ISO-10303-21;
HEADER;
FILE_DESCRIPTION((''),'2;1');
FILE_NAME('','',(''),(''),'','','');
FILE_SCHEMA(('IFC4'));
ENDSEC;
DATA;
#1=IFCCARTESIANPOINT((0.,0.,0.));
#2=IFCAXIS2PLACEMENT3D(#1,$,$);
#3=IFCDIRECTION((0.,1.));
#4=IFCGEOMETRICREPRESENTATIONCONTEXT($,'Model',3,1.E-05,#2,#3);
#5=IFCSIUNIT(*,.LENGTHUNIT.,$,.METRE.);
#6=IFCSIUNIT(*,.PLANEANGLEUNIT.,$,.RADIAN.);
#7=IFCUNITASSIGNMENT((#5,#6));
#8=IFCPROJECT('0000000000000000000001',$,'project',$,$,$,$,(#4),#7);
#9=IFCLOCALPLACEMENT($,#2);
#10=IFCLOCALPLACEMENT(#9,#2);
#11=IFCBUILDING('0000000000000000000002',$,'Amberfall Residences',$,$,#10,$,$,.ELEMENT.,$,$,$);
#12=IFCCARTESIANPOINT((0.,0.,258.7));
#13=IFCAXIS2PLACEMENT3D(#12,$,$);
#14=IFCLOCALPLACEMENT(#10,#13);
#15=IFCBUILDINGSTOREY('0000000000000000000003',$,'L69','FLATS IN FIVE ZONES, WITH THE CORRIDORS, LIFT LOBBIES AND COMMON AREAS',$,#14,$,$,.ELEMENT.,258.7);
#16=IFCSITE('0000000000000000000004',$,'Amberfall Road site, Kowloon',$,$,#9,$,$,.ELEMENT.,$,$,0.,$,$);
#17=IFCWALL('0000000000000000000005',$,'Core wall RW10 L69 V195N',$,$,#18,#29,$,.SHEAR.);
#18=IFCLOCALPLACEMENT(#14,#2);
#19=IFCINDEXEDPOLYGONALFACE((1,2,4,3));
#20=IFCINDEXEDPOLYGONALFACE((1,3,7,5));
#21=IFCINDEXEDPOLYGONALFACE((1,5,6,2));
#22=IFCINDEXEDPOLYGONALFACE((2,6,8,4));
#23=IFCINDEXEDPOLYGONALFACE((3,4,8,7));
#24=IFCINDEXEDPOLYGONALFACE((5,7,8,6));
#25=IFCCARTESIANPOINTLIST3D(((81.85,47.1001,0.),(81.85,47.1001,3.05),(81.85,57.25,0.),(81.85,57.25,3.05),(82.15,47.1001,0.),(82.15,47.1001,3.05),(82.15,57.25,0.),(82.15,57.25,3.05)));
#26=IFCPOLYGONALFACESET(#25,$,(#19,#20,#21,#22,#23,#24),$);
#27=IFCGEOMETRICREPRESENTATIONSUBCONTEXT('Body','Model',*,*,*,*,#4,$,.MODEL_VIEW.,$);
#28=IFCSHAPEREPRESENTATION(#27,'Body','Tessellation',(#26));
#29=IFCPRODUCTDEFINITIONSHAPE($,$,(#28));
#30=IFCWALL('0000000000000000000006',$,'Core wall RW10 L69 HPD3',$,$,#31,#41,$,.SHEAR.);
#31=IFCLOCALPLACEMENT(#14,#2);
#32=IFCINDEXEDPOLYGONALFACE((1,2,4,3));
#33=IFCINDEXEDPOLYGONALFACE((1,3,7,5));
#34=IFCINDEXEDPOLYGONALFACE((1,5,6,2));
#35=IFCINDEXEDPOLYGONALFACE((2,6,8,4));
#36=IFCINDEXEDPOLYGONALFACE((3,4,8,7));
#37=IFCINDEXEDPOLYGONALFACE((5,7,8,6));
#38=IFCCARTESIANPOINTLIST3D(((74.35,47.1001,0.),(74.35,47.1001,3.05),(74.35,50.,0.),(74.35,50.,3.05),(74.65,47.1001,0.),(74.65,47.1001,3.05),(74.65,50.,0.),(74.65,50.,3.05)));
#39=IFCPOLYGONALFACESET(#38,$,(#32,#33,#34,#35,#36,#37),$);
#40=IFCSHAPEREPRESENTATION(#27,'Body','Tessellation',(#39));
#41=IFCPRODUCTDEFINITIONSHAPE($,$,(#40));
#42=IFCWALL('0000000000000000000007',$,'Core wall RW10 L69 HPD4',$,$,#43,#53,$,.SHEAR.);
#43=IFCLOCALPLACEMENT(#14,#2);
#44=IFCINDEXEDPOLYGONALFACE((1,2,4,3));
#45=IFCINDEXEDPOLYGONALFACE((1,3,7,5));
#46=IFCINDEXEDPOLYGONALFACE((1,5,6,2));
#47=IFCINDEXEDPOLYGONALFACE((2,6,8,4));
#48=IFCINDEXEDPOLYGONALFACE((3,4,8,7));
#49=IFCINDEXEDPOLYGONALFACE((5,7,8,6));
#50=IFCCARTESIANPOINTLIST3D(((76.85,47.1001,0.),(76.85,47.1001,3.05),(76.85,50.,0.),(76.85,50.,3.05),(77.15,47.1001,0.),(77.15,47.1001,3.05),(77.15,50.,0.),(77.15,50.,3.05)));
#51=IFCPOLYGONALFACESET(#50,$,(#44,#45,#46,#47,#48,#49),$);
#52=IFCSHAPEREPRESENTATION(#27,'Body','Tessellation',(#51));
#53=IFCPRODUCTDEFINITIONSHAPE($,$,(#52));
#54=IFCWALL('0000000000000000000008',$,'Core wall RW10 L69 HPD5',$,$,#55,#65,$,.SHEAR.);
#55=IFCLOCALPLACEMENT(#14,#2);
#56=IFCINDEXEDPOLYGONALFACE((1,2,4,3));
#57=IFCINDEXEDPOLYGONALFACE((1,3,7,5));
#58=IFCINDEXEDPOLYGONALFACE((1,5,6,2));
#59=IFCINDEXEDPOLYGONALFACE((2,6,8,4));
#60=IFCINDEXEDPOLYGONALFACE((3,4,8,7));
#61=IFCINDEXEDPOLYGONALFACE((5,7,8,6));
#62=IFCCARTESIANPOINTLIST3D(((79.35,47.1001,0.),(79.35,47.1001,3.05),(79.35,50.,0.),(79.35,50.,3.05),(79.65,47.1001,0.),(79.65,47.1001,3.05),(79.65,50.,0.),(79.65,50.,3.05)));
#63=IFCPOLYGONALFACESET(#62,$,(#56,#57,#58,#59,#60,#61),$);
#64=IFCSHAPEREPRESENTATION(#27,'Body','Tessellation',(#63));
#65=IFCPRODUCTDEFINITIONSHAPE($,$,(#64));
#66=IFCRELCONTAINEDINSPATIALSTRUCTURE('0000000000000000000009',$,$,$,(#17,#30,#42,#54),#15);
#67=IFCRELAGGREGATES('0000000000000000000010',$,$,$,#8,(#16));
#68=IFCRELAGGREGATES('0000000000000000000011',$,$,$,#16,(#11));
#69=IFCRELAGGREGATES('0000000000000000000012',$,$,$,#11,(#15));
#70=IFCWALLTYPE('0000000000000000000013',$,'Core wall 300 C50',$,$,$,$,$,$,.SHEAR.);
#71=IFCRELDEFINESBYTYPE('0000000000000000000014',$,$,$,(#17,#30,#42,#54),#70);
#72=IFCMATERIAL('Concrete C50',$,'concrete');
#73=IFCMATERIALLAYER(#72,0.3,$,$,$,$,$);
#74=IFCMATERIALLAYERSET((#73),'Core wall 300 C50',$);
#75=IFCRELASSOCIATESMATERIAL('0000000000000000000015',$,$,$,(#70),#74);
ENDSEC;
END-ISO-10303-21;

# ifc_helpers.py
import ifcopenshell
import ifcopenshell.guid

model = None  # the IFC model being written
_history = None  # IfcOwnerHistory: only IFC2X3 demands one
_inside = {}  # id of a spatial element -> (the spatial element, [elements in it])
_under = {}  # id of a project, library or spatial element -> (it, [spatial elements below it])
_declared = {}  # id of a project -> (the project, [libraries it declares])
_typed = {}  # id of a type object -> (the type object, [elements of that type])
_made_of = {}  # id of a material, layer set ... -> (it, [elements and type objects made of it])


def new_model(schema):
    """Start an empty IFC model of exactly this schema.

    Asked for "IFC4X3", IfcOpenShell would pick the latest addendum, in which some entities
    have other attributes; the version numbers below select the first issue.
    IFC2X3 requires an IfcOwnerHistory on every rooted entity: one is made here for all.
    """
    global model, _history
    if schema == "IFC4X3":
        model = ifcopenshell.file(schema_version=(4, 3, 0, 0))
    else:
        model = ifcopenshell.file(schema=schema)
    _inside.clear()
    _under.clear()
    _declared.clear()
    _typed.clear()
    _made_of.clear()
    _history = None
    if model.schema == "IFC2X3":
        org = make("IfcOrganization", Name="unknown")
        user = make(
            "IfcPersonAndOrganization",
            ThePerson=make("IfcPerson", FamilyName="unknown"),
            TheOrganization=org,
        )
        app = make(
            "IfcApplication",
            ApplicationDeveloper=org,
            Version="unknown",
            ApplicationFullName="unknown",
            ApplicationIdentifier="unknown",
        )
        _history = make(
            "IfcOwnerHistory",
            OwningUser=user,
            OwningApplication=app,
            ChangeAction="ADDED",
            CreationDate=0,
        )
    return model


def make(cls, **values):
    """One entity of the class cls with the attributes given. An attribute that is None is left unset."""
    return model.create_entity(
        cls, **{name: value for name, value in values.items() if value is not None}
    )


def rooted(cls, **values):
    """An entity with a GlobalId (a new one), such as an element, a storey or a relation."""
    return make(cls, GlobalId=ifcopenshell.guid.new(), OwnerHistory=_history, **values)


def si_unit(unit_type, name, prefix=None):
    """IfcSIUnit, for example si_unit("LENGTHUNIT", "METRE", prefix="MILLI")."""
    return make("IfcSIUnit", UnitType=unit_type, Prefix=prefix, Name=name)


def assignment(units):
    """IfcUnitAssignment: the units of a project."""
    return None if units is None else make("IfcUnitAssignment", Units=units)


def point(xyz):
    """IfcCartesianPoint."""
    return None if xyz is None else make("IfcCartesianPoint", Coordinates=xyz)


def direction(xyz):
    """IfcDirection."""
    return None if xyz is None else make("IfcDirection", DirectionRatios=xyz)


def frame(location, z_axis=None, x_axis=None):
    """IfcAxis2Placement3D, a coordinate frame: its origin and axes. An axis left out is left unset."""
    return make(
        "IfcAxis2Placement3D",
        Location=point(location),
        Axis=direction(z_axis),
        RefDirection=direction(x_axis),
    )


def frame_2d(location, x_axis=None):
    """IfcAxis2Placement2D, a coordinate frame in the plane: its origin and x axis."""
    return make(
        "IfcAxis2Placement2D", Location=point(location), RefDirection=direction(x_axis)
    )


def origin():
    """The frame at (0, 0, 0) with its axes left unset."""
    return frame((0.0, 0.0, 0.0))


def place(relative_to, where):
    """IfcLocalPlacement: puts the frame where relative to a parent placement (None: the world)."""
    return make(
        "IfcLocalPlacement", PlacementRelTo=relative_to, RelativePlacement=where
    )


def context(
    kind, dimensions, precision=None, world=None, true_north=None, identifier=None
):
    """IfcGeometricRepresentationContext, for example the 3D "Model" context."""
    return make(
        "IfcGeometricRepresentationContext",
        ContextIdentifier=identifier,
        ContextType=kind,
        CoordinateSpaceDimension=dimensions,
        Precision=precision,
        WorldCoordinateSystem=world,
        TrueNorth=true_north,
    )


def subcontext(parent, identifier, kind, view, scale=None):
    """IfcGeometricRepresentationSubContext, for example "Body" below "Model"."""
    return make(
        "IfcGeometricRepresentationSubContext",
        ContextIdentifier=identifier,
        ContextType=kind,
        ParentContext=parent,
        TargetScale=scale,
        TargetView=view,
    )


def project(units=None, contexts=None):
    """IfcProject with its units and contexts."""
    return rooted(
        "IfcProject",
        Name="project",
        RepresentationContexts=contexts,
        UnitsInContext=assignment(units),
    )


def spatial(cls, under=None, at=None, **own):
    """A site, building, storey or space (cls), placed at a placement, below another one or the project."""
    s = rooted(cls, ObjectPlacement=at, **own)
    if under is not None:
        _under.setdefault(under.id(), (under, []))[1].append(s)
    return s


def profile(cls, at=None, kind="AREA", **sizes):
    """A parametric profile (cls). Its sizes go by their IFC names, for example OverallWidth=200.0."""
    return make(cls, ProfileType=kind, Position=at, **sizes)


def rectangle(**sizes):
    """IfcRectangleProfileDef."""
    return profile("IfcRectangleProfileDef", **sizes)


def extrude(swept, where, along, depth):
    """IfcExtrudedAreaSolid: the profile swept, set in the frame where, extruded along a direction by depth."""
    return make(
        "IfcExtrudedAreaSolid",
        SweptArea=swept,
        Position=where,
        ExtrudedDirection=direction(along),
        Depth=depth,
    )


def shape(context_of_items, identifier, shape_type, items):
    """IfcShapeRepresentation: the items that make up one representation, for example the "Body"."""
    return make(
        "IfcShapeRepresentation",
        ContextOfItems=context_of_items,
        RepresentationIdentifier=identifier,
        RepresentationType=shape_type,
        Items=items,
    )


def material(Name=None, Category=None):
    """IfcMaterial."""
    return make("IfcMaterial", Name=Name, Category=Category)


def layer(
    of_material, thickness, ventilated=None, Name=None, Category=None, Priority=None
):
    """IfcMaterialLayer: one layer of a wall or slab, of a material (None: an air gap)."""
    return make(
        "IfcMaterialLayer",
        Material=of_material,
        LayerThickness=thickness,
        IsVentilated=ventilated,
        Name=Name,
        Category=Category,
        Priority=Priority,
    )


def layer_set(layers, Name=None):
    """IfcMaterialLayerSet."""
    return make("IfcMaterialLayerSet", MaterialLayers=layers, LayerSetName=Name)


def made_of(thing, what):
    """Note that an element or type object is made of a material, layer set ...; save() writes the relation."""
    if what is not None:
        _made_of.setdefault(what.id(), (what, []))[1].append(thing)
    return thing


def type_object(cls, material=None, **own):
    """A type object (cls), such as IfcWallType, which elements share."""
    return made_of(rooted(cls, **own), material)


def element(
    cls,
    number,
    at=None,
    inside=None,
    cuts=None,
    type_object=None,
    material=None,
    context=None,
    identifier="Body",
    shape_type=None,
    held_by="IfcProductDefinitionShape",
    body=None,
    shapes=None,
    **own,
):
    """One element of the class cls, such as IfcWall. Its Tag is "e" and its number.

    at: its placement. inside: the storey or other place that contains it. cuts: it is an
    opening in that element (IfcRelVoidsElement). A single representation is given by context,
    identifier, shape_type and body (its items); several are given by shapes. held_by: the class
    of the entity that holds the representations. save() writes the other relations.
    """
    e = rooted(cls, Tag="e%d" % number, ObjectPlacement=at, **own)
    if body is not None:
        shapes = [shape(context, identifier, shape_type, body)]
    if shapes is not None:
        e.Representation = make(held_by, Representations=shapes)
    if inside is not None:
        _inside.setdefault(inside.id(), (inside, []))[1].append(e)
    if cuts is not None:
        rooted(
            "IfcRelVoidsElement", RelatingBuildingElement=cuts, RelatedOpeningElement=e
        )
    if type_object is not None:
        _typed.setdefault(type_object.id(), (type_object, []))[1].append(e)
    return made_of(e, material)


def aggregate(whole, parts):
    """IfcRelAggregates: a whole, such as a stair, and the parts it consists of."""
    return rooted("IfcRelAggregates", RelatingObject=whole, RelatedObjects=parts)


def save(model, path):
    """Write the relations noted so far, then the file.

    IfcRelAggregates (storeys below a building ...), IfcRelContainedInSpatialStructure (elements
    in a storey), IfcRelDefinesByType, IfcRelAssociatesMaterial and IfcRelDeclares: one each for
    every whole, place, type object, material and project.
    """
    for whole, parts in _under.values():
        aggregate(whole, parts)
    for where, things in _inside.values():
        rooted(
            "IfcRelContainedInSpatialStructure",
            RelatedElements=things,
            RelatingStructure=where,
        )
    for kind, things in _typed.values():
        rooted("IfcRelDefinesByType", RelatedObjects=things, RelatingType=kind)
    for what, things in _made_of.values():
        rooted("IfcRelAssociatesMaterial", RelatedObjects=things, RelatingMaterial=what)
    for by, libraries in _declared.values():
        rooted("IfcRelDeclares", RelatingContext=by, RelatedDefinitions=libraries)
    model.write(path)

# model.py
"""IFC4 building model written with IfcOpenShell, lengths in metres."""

from ifc_helpers import new_model, si_unit, direction, frame, frame_2d, origin, place, context, subcontext, project, spatial, rectangle, extrude, material, layer, layer_set, type_object, element, save


model = new_model("IFC4")

# Units and contexts
model_context = context("Model", 3, precision=1e-05, world=origin(), true_north=direction((0.0, 1.0)))
body_context = subcontext(model_context, "Body", "Model", "MODEL_VIEW")
ifc_project = project(units=[si_unit("LENGTHUNIT", "METRE"), si_unit("PLANEANGLEUNIT", "RADIAN")], contexts=[model_context])

# Site, building, storey
site_placement = place(None, origin())
site = spatial("IfcSite", under=ifc_project, at=site_placement, Name="Amberfall Road site, Kowloon", CompositionType="ELEMENT", RefElevation=0.0)
building_placement = place(site_placement, origin())
building = spatial("IfcBuilding", under=site, at=building_placement, Name="Amberfall Residences", CompositionType="ELEMENT")
storey_placement = place(building_placement, frame((0.0, 0.0, 258.7)))
storey = spatial("IfcBuildingStorey", under=building, at=storey_placement, Name="L69", Description="FLATS IN FIVE ZONES, WITH THE CORRIDORS, LIFT LOBBIES AND COMMON AREAS", CompositionType="ELEMENT", Elevation=258.7)

# Walls
ifc_material_1 = material(Name="Concrete C50", Category="concrete")
ifc_layer_1 = layer(ifc_material_1, 0.3)
ifc_layer_set_1 = layer_set([ifc_layer_1], Name="Core wall 300 C50")
wall_type_1 = type_object("IfcWallType", Name="Core wall 300 C50", PredefinedType="SHEAR", material=ifc_layer_set_1)
wall_1_placement = place(storey_placement, frame((82.0, 47.1001, 0.0), z_axis=(0.0, 0.0, 1.0), x_axis=(0.0, 1.0, 0.0)))
element("IfcWall", 1, at=wall_1_placement, inside=storey, type_object=wall_type_1, Name="Core wall RW10 L69 V195N", PredefinedType="SHEAR", context=body_context, shape_type="SweptSolid", body=[
    extrude(rectangle(XDim=10.1499, YDim=0.3, at=frame_2d((5.075, 0.0))), origin(), (0.0, 0.0, 1.0), 3.05),
])
for number, where, z_axis, x_axis, name in (
    (2, (74.5, 47.1001, 0.0), (0.0, 0.0, 1.0), (0.0, 1.0, 0.0), "Core wall RW10 L69 HPD3"),
    (3, (77.0, 47.1001, 0.0), (0.0, 0.0, 1.0), (0.0, 1.0, 0.0), "Core wall RW10 L69 HPD4"),
    (4, (79.5, 47.1001, 0.0), (0.0, 0.0, 1.0), (0.0, 1.0, 0.0), "Core wall RW10 L69 HPD5"),
):
    element("IfcWall", number, at=place(storey_placement, frame(where, z_axis=z_axis, x_axis=x_axis)), inside=storey, type_object=wall_type_1, Name=name, PredefinedType="SHEAR", context=body_context, shape_type="SweptSolid", body=[
        extrude(rectangle(XDim=2.8999, YDim=0.3, at=frame_2d((1.45, 0.0))), origin(), (0.0, 0.0, 1.0), 3.05),
    ])

save(model, "model.ifc")
